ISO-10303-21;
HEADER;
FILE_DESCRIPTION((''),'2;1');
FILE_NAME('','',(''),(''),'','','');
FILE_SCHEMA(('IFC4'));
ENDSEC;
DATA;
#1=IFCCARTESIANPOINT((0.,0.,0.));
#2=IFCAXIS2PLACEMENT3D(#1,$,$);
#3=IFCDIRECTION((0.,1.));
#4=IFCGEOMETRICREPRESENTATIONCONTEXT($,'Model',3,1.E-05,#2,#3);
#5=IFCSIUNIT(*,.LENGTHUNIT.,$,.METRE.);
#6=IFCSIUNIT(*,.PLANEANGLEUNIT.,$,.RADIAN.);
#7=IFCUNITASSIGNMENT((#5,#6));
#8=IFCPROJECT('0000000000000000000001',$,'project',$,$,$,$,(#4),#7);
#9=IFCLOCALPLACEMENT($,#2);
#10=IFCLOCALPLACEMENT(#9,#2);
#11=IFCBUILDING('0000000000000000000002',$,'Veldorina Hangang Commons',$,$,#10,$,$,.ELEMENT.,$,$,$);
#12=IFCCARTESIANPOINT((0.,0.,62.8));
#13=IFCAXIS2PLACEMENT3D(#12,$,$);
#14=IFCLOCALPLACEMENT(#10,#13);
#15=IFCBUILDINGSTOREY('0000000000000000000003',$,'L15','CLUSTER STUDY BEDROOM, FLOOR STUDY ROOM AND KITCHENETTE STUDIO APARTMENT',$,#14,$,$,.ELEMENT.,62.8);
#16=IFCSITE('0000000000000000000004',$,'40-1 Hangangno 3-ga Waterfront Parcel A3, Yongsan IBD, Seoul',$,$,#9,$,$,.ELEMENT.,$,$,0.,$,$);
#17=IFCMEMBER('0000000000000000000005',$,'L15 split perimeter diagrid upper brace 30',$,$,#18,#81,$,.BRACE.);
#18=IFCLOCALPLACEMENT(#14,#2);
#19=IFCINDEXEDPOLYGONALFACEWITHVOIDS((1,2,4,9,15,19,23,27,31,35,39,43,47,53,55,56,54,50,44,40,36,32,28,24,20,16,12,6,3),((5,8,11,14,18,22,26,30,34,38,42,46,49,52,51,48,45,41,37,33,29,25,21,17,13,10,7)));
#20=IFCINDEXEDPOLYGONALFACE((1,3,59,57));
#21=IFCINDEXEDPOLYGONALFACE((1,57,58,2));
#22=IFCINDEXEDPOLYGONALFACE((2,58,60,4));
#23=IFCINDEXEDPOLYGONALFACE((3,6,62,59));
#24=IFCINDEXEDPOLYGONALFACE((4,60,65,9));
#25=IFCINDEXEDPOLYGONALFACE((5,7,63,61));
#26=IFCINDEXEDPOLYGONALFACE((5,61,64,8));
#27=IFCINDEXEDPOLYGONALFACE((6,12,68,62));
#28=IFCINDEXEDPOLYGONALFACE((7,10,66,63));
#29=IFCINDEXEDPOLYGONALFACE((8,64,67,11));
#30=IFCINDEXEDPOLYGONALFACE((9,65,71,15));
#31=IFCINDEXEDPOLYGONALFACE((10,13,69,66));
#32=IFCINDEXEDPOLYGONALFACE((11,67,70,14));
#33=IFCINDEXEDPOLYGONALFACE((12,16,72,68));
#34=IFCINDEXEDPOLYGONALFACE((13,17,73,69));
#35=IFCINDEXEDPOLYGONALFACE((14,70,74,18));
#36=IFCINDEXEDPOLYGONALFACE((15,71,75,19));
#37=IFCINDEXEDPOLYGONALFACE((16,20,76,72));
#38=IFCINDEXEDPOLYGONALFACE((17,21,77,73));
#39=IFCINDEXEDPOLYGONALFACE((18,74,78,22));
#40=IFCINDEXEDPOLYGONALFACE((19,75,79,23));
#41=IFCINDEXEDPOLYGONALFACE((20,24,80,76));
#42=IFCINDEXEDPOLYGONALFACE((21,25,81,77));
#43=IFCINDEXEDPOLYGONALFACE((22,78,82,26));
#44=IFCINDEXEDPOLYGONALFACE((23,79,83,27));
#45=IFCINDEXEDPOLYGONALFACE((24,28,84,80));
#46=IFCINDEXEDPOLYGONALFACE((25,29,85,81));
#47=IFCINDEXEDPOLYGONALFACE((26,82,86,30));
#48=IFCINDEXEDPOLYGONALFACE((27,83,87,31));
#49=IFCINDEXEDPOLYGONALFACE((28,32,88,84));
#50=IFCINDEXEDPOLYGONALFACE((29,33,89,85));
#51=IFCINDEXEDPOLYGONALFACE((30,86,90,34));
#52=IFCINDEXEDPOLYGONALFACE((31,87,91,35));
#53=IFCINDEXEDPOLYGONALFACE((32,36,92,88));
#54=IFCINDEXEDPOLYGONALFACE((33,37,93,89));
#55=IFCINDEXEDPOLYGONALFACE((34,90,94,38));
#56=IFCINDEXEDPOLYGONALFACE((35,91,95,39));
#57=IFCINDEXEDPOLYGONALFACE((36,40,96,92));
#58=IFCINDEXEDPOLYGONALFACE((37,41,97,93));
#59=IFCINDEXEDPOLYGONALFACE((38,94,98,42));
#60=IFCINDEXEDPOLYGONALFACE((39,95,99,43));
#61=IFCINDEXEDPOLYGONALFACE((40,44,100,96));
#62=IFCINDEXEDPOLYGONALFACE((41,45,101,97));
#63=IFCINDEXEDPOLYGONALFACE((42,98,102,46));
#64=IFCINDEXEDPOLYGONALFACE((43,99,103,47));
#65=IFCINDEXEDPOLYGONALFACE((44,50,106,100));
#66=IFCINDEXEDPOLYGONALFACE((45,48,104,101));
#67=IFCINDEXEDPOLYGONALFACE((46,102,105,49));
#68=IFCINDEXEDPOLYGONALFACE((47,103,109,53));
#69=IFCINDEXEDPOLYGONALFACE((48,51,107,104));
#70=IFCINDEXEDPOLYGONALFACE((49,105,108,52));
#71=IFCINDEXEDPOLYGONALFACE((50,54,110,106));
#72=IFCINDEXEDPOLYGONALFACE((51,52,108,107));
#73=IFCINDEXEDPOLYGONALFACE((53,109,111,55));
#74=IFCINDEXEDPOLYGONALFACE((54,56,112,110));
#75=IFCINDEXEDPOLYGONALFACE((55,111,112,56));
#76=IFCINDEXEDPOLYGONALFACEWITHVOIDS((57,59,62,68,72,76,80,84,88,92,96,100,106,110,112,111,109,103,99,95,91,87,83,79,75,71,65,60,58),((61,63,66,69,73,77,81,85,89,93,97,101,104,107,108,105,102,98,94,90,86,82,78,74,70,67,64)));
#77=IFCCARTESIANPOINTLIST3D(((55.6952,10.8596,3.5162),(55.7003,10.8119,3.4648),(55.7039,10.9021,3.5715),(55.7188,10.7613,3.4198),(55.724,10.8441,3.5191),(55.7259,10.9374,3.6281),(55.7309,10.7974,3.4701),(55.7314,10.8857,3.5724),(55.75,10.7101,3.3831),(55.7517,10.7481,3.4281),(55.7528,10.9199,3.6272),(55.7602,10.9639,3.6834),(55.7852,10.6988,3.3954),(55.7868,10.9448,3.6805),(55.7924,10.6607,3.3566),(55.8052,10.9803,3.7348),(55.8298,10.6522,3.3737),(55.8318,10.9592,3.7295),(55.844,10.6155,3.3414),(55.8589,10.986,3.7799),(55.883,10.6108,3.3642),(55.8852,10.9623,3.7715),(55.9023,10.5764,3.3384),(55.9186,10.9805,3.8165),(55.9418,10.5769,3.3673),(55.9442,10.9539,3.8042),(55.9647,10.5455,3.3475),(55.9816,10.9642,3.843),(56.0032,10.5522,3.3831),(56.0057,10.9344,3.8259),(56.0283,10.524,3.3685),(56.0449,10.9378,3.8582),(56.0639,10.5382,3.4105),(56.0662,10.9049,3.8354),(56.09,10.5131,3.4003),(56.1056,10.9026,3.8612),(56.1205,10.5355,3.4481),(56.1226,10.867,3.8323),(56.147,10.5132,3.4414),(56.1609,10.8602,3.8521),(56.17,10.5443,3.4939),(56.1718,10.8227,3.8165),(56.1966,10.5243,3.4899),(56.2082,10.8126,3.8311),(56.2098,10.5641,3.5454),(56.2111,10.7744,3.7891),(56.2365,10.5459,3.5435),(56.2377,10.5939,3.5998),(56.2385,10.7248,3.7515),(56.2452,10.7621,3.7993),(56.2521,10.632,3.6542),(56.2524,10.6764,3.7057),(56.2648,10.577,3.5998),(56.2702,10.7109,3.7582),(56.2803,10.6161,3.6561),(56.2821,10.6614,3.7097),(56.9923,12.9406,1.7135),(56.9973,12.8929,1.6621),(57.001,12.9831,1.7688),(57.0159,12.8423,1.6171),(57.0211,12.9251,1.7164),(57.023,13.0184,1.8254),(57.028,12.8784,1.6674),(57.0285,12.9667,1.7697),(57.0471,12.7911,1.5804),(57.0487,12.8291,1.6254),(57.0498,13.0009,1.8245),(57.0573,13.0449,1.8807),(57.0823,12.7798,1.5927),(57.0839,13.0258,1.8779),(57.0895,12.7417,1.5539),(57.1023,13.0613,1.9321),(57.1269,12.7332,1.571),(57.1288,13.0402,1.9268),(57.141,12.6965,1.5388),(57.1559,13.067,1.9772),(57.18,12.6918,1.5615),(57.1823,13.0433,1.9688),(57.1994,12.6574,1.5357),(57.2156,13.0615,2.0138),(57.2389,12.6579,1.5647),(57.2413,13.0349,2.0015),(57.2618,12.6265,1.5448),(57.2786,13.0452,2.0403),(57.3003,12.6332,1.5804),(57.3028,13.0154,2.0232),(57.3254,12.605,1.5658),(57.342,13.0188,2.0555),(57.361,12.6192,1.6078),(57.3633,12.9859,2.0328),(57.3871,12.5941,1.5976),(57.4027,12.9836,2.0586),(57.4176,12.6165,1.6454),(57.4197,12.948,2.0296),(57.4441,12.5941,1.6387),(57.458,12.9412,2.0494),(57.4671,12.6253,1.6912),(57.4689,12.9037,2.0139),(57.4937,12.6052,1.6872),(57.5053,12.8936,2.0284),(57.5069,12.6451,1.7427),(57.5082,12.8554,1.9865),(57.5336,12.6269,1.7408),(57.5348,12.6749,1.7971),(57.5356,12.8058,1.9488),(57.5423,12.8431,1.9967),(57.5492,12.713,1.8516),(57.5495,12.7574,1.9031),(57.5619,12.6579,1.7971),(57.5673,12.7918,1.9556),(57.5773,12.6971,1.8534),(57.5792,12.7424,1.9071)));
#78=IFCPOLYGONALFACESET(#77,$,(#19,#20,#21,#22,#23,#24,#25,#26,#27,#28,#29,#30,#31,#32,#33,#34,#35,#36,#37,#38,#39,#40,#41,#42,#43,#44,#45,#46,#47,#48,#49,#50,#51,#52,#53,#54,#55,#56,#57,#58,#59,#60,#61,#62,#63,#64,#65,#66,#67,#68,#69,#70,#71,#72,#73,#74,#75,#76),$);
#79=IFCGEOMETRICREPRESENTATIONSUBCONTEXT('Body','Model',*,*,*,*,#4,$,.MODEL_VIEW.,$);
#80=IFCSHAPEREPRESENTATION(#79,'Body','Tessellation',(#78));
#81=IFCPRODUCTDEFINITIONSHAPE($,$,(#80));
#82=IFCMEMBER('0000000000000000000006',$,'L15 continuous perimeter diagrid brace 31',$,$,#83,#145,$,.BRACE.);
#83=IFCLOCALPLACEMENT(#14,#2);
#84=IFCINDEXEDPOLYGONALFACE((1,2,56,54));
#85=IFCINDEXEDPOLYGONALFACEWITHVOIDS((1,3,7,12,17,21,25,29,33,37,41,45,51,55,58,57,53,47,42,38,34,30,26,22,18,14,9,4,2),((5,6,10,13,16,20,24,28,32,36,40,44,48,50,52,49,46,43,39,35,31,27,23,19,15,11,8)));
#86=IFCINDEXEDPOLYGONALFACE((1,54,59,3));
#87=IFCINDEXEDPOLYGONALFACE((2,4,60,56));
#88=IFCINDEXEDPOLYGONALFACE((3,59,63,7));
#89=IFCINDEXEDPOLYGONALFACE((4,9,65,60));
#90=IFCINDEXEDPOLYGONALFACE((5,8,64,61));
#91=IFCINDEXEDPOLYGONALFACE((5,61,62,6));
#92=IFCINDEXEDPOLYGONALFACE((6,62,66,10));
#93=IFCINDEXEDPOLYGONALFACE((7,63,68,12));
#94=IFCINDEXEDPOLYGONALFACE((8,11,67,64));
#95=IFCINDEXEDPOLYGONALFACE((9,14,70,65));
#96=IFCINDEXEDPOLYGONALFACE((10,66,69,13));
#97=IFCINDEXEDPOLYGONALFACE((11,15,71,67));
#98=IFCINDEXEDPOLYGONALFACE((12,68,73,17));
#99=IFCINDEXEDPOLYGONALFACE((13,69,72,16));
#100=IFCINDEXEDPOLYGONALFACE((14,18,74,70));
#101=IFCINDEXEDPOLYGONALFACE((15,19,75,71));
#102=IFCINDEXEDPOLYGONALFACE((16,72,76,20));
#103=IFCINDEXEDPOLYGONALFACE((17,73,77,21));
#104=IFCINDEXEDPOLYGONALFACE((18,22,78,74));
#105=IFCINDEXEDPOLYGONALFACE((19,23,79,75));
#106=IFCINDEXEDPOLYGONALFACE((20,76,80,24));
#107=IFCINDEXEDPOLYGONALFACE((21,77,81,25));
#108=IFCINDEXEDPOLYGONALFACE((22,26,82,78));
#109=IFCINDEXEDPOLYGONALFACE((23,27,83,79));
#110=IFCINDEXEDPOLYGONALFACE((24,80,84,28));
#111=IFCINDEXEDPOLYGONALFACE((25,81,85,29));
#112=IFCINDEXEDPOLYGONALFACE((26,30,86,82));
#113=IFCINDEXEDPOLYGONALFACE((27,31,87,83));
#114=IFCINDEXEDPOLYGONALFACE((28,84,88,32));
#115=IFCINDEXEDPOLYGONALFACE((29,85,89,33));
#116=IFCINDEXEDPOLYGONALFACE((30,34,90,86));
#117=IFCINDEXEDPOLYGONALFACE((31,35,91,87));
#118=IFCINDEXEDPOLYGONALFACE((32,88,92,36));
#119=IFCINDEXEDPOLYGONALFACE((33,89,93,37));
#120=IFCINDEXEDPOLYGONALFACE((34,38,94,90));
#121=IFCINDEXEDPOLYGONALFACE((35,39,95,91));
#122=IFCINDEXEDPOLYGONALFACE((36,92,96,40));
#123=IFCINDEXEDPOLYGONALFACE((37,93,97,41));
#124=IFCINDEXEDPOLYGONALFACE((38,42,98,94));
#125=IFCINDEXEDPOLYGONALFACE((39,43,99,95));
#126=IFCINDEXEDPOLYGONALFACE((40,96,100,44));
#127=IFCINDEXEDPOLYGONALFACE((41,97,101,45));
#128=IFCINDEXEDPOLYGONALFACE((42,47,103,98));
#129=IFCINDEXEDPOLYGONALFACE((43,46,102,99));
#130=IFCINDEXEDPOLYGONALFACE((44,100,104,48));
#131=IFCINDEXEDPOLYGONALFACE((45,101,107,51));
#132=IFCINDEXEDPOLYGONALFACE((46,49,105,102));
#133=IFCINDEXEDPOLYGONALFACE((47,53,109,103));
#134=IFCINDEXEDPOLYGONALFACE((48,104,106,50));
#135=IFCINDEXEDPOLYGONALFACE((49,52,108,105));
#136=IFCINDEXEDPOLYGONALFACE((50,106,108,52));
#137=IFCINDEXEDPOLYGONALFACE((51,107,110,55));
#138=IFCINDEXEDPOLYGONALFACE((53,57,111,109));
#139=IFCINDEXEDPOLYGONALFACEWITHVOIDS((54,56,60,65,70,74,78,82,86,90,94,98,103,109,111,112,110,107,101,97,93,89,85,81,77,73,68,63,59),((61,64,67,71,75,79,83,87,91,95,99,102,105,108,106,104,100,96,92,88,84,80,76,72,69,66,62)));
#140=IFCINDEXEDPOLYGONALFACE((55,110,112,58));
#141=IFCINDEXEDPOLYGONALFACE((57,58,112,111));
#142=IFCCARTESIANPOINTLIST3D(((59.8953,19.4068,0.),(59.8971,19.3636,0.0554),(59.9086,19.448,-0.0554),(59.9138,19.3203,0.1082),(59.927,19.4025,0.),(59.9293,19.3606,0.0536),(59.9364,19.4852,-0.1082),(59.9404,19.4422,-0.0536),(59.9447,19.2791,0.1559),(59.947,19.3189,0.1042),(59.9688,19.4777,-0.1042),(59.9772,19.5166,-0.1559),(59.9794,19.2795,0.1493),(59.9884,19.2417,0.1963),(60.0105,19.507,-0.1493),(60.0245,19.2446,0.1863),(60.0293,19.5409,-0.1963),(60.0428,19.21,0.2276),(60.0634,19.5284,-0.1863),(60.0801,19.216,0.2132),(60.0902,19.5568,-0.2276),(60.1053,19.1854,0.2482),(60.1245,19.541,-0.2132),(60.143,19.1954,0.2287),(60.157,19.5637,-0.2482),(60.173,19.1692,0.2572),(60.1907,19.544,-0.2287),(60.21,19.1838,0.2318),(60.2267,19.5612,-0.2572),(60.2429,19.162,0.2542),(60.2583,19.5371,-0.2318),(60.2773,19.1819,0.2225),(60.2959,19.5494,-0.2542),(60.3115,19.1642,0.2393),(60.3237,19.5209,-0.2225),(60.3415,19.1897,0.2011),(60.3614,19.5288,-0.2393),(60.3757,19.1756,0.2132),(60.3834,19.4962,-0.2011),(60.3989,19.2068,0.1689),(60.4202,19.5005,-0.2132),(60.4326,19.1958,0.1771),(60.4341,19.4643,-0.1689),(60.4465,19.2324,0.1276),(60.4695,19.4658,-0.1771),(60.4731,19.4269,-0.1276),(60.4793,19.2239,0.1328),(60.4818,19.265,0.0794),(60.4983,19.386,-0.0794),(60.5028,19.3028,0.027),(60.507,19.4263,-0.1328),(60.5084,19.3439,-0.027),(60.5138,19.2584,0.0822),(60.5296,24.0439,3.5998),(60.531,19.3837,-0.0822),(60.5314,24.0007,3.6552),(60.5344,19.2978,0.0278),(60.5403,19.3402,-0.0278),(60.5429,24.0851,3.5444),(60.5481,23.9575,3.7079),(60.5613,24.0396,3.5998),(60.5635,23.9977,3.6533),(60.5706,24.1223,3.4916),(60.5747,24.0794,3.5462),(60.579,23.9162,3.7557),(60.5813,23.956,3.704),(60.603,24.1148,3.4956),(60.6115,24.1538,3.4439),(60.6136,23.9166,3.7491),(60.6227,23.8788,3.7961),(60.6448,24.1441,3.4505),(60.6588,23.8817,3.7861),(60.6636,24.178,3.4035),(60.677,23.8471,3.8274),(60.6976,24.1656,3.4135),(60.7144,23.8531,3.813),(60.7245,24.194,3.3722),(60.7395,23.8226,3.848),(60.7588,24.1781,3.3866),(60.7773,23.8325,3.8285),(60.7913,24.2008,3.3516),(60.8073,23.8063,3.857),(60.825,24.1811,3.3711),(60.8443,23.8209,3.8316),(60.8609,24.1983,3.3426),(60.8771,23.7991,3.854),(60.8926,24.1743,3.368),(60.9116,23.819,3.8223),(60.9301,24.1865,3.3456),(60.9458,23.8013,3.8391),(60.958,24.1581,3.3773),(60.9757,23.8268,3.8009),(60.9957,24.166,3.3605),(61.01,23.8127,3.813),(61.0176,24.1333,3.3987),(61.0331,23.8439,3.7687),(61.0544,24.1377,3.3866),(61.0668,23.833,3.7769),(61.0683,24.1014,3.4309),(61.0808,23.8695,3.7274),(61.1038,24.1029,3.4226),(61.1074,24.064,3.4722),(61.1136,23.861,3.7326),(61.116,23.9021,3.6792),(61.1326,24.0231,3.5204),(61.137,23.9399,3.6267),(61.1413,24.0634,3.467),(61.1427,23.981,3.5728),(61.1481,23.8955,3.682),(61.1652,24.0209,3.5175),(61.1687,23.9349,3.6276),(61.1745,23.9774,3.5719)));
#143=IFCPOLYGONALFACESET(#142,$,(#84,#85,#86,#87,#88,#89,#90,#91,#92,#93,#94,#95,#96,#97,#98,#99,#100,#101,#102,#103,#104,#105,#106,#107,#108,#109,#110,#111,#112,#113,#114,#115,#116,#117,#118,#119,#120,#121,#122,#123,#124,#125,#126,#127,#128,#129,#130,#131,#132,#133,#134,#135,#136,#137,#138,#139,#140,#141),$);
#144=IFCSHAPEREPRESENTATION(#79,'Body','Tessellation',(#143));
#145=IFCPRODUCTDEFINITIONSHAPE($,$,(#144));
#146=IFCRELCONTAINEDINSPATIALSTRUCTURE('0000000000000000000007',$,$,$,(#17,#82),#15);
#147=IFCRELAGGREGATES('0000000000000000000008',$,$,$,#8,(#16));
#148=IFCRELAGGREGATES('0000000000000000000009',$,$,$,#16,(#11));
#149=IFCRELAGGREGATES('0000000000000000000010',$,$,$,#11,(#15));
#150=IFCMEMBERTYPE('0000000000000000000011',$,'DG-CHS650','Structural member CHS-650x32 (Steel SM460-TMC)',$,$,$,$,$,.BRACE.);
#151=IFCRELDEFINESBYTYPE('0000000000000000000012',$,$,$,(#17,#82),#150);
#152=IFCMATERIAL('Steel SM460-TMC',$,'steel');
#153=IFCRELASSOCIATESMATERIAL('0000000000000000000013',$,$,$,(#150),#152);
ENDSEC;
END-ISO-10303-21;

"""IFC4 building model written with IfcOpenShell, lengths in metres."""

from ifc_helpers import new_model, si_unit, direction, frame, origin, origin_2d, place, context, subcontext, project, spatial, hollow_circle, extrude, material, material_profile, profile_set, type_object, element, save


model = new_model("IFC4")

# Units and contexts
model_context = context("Model", 3, precision=1e-05, world=origin(), true_north=direction((0.0, 1.0)))
body_context = subcontext(model_context, "Body", "Model", "MODEL_VIEW")
ifc_project = project(units=[si_unit("LENGTHUNIT", "METRE"), si_unit("PLANEANGLEUNIT", "RADIAN")], contexts=[model_context])

# Site, building, storey
site_placement = place(None, origin())
site = spatial("IfcSite", under=ifc_project, at=site_placement, Name="40-1 Hangangno 3-ga Waterfront Parcel A3, Yongsan IBD, Seoul", CompositionType="ELEMENT", RefElevation=0.0)
building_placement = place(site_placement, origin())
building = spatial("IfcBuilding", under=site, at=building_placement, Name="Veldorina Hangang Commons", CompositionType="ELEMENT")
storey_placement = place(building_placement, frame((0.0, 0.0, 62.8)))
storey = spatial("IfcBuildingStorey", under=building, at=storey_placement, Name="L15", Description="CLUSTER STUDY BEDROOM, FLOOR STUDY ROOM AND KITCHENETTE STUDIO APARTMENT", CompositionType="ELEMENT", Elevation=62.8)

# Members
ifc_material_1 = material(Name="Steel SM460-TMC", Category="steel")
ifc_material_profile_1 = material_profile(ifc_material_1, hollow_circle(Radius=0.325, WallThickness=0.032, at=origin_2d()), Name="CHS-650x32")
ifc_profile_set_1 = profile_set([ifc_material_profile_1], Name="Steel SM460-TMC")
member_type = type_object("IfcMemberType", Name="DG-CHS650", Description="Structural member CHS-650x32 (Steel SM460-TMC)", PredefinedType="BRACE", material=ifc_profile_set_1)
member_1_placement = place(storey_placement, frame((57.2861, 12.8298, 1.7971), z_axis=(-0.426187, -0.68376, 0.592314), x_axis=(0.848646, -0.52896, 0.0)))
element("IfcMember", 1, at=member_1_placement, inside=storey, type_object=member_type, Name="L15 split perimeter diagrid upper brace 30", PredefinedType="BRACE", context=body_context, shape_type="SweptSolid", body=[
    extrude(hollow_circle(Radius=0.325, WallThickness=0.032, at=origin_2d()), origin(), (0.0, 0.0, 1.0), 3.0435),
])
member_2_placement = place(storey_placement, frame((60.2173, 19.3628, 0.0), z_axis=(0.10742, 0.785348, 0.609664), x_axis=(-0.990775, 0.135518, 0.0)))
element("IfcMember", 2, at=member_2_placement, inside=storey, type_object=member_type, Name="L15 continuous perimeter diagrid brace 31", PredefinedType="BRACE", context=body_context, shape_type="SweptSolid", body=[
    extrude(hollow_circle(Radius=0.325, WallThickness=0.032, at=origin_2d()), origin(), (0.0, 0.0, 1.0), 5.9045),
])

save(model, "model.ifc")
